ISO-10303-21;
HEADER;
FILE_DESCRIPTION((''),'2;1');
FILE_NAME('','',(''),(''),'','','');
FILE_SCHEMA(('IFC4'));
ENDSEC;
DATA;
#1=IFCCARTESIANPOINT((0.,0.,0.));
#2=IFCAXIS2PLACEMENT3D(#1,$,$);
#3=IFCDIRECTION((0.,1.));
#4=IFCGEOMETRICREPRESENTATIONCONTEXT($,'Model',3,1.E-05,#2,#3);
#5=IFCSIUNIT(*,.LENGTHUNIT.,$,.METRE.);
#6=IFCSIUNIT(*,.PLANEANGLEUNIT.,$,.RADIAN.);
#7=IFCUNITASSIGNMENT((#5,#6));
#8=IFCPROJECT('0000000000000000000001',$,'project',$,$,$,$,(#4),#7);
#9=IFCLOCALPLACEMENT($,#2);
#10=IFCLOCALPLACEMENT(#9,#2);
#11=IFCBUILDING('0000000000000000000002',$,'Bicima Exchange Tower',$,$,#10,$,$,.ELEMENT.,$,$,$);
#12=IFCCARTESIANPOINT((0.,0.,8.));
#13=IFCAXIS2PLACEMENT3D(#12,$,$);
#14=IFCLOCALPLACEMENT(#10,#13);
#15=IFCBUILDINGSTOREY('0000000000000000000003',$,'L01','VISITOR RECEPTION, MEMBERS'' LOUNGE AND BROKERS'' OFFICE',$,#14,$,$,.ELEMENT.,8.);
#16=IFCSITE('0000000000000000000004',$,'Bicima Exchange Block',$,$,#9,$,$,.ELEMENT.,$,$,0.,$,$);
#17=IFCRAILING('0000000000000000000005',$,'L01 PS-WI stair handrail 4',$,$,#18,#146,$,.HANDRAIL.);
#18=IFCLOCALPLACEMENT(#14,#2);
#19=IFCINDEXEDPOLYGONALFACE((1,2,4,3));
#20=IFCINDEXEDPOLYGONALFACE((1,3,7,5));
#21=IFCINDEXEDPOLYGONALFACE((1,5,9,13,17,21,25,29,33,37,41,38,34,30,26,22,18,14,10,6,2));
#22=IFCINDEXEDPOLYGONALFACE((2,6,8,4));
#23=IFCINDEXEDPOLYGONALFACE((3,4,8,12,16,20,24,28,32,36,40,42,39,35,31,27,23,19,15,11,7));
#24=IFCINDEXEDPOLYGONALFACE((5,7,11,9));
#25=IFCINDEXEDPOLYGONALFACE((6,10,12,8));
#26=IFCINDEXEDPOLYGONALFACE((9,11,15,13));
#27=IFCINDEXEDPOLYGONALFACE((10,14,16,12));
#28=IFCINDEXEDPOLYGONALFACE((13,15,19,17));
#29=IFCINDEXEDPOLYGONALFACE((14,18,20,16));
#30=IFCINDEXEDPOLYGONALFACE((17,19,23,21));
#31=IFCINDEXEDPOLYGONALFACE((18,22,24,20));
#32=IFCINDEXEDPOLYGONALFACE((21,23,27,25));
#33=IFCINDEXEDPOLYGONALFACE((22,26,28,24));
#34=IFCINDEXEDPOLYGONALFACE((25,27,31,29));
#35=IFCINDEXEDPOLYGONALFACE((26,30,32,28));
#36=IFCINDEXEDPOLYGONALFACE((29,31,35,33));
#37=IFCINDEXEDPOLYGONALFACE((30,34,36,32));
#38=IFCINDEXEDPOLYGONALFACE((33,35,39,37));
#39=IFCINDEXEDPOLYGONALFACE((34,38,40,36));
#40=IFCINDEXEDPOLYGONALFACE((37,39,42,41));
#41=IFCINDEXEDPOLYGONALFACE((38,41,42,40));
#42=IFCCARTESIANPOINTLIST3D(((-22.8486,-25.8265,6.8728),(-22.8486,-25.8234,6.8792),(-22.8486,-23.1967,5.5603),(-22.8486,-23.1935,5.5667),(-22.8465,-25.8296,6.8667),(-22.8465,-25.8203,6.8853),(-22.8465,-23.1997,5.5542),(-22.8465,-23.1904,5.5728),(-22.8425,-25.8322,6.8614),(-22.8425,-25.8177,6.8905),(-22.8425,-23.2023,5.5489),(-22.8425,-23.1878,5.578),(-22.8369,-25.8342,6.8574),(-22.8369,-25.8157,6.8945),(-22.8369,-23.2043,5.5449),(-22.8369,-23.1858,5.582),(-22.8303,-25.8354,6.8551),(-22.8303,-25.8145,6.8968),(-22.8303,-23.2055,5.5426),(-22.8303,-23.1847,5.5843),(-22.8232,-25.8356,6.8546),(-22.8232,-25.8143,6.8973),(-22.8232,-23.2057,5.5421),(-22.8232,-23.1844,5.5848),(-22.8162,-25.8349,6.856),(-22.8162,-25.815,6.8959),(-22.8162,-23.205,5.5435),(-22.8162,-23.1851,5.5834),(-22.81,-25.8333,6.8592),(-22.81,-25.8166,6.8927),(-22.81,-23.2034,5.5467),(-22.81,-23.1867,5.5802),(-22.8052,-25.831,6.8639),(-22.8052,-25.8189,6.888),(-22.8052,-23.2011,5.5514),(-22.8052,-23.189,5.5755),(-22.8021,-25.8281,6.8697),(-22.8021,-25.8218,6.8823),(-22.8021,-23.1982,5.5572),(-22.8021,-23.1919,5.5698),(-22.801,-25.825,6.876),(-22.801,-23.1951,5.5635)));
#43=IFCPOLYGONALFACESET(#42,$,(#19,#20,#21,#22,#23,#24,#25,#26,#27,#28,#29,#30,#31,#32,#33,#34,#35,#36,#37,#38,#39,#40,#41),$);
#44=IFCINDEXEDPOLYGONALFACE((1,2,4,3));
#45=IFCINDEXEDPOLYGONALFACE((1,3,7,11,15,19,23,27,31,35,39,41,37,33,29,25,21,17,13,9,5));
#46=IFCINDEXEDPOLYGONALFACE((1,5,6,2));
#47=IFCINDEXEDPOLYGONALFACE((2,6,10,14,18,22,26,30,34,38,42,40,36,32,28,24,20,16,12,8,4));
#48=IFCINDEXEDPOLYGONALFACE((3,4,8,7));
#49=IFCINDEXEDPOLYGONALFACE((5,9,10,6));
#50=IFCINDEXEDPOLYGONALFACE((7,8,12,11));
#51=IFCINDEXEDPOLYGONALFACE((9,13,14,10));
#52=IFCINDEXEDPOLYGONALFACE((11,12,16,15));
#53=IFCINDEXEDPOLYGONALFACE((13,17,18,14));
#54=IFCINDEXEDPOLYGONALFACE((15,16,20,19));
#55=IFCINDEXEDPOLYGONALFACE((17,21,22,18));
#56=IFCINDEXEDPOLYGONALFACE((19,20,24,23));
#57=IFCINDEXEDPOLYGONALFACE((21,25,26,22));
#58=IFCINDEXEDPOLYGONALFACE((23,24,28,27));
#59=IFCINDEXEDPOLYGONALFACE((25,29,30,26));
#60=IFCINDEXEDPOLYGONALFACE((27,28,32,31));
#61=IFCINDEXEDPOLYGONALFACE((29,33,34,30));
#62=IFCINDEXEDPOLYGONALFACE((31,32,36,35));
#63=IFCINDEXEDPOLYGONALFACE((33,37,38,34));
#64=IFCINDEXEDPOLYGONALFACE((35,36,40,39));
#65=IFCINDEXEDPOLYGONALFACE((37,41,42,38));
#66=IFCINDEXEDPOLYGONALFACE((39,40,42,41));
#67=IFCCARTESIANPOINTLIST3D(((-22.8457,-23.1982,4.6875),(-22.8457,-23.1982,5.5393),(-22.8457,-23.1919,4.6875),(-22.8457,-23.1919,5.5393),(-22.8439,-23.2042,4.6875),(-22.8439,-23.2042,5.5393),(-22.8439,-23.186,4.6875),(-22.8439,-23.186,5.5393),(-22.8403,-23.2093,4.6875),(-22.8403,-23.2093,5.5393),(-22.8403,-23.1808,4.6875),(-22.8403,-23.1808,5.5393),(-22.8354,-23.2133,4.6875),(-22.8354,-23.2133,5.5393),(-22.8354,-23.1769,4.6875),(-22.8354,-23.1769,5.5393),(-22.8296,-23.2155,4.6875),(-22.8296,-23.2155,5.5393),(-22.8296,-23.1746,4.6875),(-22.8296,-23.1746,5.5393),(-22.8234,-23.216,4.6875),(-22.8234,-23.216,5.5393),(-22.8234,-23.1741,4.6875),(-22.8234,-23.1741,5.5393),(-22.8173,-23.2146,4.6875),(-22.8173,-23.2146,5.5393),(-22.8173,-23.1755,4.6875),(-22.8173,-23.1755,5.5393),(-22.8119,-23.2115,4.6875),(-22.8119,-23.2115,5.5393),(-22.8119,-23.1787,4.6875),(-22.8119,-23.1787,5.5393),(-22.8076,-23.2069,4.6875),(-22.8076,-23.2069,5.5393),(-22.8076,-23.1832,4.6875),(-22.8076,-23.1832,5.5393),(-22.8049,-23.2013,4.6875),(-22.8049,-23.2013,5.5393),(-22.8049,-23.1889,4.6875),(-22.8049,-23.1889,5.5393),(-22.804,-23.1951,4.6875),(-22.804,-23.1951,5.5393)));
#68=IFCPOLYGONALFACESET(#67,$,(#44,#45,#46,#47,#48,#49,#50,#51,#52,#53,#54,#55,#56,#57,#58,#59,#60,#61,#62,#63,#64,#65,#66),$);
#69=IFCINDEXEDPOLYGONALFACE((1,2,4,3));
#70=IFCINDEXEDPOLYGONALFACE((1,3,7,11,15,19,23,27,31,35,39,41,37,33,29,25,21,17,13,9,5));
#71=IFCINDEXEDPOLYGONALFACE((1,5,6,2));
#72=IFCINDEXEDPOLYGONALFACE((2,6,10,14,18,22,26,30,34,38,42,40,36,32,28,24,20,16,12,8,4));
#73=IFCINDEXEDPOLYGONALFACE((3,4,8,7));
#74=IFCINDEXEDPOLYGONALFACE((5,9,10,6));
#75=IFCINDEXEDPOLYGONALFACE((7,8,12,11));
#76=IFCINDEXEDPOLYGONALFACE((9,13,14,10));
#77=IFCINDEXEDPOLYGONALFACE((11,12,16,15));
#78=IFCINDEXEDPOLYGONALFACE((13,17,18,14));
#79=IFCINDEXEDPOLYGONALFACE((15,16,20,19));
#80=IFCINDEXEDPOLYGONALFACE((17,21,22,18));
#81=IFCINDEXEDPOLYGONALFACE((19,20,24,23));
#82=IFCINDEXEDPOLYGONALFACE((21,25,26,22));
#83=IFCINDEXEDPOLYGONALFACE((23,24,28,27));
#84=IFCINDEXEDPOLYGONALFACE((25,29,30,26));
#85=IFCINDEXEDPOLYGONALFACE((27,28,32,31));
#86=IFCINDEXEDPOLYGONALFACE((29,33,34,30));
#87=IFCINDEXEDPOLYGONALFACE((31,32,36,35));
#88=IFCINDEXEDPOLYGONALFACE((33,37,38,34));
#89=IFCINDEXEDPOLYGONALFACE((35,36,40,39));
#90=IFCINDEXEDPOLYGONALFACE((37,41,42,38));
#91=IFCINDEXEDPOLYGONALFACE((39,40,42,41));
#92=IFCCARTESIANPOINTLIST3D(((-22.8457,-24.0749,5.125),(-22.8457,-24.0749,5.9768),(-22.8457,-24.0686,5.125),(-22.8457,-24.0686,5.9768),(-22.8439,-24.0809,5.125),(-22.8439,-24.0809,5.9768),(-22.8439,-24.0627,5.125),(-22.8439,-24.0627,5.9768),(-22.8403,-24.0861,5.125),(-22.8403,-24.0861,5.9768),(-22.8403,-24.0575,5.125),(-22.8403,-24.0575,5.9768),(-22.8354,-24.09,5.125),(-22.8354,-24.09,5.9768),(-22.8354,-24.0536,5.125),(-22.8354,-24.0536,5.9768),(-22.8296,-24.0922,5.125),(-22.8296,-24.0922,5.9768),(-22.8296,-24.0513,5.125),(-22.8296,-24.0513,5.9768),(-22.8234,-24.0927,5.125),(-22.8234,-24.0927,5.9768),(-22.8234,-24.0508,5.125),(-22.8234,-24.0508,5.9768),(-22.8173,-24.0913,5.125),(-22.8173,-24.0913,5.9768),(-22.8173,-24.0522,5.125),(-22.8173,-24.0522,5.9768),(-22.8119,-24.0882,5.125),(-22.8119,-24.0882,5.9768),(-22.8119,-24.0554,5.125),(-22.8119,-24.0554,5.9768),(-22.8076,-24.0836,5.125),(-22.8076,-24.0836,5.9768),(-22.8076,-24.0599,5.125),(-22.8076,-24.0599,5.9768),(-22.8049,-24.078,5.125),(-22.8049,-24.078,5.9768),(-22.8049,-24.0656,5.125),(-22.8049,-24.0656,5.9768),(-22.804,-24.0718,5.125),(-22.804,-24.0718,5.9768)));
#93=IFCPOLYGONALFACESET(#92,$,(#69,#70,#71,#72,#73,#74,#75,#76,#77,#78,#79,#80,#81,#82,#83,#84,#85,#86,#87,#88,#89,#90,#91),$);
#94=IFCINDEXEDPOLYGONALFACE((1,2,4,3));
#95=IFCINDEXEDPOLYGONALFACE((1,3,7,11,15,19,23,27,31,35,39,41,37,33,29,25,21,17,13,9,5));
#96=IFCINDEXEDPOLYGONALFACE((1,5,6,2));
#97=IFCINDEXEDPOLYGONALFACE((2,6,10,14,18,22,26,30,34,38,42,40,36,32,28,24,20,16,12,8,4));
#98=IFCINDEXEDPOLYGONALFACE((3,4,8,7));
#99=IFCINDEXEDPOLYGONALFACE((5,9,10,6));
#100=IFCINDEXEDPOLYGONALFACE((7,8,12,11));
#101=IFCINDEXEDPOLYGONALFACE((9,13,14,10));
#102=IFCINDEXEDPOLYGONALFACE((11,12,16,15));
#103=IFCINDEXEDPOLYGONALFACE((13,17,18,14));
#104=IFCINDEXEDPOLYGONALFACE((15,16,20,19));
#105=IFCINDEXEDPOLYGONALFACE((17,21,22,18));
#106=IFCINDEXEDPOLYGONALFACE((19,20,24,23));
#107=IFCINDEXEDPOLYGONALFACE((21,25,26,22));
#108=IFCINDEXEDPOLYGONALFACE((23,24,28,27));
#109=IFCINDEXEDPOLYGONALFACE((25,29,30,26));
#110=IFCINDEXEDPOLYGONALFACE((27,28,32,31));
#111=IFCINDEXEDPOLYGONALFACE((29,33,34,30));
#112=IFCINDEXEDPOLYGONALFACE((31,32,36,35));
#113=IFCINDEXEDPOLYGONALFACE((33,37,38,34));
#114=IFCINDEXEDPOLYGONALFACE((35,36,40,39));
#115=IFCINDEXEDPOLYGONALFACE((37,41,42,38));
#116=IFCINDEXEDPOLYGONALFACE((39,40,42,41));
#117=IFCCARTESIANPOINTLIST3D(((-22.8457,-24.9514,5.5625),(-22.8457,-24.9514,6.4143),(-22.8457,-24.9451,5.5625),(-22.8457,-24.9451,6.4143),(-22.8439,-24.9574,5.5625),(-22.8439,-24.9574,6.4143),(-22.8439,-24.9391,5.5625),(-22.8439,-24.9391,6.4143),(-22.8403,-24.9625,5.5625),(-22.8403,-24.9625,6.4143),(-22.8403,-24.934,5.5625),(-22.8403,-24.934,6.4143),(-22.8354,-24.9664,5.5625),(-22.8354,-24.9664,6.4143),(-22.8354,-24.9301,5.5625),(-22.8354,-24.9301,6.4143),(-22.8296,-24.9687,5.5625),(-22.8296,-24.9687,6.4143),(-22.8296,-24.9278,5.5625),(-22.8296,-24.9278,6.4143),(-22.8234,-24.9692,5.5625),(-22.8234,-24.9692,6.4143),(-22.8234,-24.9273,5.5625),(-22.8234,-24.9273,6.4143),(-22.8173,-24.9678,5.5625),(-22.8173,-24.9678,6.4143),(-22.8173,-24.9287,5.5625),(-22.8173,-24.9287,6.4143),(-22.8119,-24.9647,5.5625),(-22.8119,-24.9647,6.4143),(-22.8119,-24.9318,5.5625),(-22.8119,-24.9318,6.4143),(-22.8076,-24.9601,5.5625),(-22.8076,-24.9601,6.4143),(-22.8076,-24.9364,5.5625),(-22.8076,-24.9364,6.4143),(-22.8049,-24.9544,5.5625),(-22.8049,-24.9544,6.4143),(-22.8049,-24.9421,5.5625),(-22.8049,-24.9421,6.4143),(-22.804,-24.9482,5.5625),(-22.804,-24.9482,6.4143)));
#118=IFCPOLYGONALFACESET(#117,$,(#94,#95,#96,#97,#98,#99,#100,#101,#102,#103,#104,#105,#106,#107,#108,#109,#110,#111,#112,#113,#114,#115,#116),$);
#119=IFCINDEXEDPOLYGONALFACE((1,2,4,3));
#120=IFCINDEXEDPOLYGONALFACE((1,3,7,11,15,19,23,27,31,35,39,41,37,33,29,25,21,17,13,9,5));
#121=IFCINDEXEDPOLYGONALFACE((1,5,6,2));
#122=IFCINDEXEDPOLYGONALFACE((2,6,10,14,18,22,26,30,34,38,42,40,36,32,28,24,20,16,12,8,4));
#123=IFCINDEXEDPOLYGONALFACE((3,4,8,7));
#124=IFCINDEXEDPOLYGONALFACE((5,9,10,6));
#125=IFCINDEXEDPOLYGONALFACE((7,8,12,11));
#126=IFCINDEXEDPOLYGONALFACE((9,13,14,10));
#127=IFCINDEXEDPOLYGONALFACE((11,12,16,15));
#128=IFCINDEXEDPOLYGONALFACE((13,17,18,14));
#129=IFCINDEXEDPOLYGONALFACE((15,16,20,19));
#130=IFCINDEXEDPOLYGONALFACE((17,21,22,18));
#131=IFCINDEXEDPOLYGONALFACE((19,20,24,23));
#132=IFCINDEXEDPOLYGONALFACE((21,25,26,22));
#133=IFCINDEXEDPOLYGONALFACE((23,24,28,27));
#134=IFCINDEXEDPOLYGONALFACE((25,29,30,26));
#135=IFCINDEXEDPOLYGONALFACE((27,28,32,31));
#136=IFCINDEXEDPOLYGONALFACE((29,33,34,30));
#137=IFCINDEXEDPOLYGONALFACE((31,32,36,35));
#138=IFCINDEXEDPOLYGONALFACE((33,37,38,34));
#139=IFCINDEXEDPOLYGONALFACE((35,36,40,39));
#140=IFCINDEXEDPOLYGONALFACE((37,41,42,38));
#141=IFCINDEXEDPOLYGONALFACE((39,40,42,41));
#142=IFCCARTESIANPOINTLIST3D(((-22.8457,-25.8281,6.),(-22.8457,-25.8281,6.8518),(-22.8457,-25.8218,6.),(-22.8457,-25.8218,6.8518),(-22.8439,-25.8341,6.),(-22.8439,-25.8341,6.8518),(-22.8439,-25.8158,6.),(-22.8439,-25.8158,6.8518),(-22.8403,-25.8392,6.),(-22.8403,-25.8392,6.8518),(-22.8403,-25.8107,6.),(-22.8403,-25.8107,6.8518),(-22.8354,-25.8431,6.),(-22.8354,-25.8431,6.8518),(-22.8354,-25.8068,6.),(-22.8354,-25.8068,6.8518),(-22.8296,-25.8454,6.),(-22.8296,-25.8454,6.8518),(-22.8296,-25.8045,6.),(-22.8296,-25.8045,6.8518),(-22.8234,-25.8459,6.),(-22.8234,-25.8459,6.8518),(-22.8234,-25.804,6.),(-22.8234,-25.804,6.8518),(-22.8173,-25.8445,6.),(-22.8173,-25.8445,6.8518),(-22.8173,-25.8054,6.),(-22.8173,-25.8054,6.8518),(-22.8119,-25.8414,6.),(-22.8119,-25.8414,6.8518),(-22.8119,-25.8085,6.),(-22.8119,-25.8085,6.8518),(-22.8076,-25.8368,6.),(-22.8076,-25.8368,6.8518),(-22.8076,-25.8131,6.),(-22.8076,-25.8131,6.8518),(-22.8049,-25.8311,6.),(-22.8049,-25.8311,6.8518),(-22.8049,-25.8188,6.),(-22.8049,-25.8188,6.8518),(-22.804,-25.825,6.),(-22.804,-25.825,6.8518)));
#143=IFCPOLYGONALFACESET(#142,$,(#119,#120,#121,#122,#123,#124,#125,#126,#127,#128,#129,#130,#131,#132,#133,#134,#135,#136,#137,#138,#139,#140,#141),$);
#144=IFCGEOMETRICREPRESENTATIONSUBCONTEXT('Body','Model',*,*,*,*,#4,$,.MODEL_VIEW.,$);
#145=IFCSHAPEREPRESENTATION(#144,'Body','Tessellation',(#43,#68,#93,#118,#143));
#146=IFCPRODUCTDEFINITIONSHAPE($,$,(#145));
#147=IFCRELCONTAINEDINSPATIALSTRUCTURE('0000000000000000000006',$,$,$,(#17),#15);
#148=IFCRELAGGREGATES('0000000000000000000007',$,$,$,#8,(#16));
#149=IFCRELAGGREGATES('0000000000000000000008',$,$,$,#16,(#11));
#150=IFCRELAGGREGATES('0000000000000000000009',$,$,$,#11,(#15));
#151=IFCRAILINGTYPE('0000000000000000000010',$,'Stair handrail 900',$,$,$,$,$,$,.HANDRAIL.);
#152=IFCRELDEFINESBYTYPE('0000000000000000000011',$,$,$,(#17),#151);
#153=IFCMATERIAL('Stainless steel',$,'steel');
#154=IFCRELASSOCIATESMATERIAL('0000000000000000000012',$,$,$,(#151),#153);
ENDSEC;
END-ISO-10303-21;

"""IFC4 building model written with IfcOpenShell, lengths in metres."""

from ifc_helpers import new_model, si_unit, direction, frame, origin, origin_2d, place, context, subcontext, project, spatial, circle, extrude, material, type_object, element, save


model = new_model("IFC4")

# Units and contexts
model_context = context("Model", 3, precision=1e-05, world=origin(), true_north=direction((0.0, 1.0)))
body_context = subcontext(model_context, "Body", "Model", "MODEL_VIEW")
ifc_project = project(units=[si_unit("LENGTHUNIT", "METRE"), si_unit("PLANEANGLEUNIT", "RADIAN")], contexts=[model_context])

# Site, building, storey
site_placement = place(None, origin())
site = spatial("IfcSite", under=ifc_project, at=site_placement, Name="Bicima Exchange Block", CompositionType="ELEMENT", RefElevation=0.0)
building_placement = place(site_placement, origin())
building = spatial("IfcBuilding", under=site, at=building_placement, Name="Bicima Exchange Tower", CompositionType="ELEMENT")
storey_placement = place(building_placement, frame((0.0, 0.0, 8.0)))
storey = spatial("IfcBuildingStorey", under=building, at=storey_placement, Name="L01", Description="VISITOR RECEPTION, MEMBERS' LOUNGE AND BROKERS' OFFICE", CompositionType="ELEMENT", Elevation=8.0)

# Shared definitions
ifc_material_1 = material(Name="Stainless steel", Category="steel")

# Railing
railing_type_1 = type_object("IfcRailingType", Name="Stair handrail 900", PredefinedType="HANDRAIL", material=ifc_material_1)
for number, where, name in (
    (1, (-22.825, -23.1951, 4.6875), "L01 PS-WI stair handrail 4"),
):
    element("IfcRailing", number, at=place(storey_placement, frame(where)), inside=storey, type_object=railing_type_1, Name=name, PredefinedType="HANDRAIL", context=body_context, shape_type="SweptSolid", body=[
        extrude(circle(Radius=0.0239, at=origin_2d()), frame((0.0, 0.0, 0.876), z_axis=(0.0, -0.894759, 0.446549), x_axis=(1.0, 0.0, 0.0)), (0.0, 0.0, 1.0), 2.9392),
        extrude(circle(Radius=0.021, at=origin_2d()), origin(), (0.0, 0.0, 1.0), 0.8518),
        extrude(circle(Radius=0.021, at=origin_2d()), frame((0.0, -0.8767, 0.4375)), (0.0, 0.0, 1.0), 0.8518),
        extrude(circle(Radius=0.021, at=origin_2d()), frame((0.0, -1.7532, 0.875)), (0.0, 0.0, 1.0), 0.8518),
        extrude(circle(Radius=0.021, at=origin_2d()), frame((0.0, -2.6299, 1.3125)), (0.0, 0.0, 1.0), 0.8518),
    ])

save(model, "model.ifc")
